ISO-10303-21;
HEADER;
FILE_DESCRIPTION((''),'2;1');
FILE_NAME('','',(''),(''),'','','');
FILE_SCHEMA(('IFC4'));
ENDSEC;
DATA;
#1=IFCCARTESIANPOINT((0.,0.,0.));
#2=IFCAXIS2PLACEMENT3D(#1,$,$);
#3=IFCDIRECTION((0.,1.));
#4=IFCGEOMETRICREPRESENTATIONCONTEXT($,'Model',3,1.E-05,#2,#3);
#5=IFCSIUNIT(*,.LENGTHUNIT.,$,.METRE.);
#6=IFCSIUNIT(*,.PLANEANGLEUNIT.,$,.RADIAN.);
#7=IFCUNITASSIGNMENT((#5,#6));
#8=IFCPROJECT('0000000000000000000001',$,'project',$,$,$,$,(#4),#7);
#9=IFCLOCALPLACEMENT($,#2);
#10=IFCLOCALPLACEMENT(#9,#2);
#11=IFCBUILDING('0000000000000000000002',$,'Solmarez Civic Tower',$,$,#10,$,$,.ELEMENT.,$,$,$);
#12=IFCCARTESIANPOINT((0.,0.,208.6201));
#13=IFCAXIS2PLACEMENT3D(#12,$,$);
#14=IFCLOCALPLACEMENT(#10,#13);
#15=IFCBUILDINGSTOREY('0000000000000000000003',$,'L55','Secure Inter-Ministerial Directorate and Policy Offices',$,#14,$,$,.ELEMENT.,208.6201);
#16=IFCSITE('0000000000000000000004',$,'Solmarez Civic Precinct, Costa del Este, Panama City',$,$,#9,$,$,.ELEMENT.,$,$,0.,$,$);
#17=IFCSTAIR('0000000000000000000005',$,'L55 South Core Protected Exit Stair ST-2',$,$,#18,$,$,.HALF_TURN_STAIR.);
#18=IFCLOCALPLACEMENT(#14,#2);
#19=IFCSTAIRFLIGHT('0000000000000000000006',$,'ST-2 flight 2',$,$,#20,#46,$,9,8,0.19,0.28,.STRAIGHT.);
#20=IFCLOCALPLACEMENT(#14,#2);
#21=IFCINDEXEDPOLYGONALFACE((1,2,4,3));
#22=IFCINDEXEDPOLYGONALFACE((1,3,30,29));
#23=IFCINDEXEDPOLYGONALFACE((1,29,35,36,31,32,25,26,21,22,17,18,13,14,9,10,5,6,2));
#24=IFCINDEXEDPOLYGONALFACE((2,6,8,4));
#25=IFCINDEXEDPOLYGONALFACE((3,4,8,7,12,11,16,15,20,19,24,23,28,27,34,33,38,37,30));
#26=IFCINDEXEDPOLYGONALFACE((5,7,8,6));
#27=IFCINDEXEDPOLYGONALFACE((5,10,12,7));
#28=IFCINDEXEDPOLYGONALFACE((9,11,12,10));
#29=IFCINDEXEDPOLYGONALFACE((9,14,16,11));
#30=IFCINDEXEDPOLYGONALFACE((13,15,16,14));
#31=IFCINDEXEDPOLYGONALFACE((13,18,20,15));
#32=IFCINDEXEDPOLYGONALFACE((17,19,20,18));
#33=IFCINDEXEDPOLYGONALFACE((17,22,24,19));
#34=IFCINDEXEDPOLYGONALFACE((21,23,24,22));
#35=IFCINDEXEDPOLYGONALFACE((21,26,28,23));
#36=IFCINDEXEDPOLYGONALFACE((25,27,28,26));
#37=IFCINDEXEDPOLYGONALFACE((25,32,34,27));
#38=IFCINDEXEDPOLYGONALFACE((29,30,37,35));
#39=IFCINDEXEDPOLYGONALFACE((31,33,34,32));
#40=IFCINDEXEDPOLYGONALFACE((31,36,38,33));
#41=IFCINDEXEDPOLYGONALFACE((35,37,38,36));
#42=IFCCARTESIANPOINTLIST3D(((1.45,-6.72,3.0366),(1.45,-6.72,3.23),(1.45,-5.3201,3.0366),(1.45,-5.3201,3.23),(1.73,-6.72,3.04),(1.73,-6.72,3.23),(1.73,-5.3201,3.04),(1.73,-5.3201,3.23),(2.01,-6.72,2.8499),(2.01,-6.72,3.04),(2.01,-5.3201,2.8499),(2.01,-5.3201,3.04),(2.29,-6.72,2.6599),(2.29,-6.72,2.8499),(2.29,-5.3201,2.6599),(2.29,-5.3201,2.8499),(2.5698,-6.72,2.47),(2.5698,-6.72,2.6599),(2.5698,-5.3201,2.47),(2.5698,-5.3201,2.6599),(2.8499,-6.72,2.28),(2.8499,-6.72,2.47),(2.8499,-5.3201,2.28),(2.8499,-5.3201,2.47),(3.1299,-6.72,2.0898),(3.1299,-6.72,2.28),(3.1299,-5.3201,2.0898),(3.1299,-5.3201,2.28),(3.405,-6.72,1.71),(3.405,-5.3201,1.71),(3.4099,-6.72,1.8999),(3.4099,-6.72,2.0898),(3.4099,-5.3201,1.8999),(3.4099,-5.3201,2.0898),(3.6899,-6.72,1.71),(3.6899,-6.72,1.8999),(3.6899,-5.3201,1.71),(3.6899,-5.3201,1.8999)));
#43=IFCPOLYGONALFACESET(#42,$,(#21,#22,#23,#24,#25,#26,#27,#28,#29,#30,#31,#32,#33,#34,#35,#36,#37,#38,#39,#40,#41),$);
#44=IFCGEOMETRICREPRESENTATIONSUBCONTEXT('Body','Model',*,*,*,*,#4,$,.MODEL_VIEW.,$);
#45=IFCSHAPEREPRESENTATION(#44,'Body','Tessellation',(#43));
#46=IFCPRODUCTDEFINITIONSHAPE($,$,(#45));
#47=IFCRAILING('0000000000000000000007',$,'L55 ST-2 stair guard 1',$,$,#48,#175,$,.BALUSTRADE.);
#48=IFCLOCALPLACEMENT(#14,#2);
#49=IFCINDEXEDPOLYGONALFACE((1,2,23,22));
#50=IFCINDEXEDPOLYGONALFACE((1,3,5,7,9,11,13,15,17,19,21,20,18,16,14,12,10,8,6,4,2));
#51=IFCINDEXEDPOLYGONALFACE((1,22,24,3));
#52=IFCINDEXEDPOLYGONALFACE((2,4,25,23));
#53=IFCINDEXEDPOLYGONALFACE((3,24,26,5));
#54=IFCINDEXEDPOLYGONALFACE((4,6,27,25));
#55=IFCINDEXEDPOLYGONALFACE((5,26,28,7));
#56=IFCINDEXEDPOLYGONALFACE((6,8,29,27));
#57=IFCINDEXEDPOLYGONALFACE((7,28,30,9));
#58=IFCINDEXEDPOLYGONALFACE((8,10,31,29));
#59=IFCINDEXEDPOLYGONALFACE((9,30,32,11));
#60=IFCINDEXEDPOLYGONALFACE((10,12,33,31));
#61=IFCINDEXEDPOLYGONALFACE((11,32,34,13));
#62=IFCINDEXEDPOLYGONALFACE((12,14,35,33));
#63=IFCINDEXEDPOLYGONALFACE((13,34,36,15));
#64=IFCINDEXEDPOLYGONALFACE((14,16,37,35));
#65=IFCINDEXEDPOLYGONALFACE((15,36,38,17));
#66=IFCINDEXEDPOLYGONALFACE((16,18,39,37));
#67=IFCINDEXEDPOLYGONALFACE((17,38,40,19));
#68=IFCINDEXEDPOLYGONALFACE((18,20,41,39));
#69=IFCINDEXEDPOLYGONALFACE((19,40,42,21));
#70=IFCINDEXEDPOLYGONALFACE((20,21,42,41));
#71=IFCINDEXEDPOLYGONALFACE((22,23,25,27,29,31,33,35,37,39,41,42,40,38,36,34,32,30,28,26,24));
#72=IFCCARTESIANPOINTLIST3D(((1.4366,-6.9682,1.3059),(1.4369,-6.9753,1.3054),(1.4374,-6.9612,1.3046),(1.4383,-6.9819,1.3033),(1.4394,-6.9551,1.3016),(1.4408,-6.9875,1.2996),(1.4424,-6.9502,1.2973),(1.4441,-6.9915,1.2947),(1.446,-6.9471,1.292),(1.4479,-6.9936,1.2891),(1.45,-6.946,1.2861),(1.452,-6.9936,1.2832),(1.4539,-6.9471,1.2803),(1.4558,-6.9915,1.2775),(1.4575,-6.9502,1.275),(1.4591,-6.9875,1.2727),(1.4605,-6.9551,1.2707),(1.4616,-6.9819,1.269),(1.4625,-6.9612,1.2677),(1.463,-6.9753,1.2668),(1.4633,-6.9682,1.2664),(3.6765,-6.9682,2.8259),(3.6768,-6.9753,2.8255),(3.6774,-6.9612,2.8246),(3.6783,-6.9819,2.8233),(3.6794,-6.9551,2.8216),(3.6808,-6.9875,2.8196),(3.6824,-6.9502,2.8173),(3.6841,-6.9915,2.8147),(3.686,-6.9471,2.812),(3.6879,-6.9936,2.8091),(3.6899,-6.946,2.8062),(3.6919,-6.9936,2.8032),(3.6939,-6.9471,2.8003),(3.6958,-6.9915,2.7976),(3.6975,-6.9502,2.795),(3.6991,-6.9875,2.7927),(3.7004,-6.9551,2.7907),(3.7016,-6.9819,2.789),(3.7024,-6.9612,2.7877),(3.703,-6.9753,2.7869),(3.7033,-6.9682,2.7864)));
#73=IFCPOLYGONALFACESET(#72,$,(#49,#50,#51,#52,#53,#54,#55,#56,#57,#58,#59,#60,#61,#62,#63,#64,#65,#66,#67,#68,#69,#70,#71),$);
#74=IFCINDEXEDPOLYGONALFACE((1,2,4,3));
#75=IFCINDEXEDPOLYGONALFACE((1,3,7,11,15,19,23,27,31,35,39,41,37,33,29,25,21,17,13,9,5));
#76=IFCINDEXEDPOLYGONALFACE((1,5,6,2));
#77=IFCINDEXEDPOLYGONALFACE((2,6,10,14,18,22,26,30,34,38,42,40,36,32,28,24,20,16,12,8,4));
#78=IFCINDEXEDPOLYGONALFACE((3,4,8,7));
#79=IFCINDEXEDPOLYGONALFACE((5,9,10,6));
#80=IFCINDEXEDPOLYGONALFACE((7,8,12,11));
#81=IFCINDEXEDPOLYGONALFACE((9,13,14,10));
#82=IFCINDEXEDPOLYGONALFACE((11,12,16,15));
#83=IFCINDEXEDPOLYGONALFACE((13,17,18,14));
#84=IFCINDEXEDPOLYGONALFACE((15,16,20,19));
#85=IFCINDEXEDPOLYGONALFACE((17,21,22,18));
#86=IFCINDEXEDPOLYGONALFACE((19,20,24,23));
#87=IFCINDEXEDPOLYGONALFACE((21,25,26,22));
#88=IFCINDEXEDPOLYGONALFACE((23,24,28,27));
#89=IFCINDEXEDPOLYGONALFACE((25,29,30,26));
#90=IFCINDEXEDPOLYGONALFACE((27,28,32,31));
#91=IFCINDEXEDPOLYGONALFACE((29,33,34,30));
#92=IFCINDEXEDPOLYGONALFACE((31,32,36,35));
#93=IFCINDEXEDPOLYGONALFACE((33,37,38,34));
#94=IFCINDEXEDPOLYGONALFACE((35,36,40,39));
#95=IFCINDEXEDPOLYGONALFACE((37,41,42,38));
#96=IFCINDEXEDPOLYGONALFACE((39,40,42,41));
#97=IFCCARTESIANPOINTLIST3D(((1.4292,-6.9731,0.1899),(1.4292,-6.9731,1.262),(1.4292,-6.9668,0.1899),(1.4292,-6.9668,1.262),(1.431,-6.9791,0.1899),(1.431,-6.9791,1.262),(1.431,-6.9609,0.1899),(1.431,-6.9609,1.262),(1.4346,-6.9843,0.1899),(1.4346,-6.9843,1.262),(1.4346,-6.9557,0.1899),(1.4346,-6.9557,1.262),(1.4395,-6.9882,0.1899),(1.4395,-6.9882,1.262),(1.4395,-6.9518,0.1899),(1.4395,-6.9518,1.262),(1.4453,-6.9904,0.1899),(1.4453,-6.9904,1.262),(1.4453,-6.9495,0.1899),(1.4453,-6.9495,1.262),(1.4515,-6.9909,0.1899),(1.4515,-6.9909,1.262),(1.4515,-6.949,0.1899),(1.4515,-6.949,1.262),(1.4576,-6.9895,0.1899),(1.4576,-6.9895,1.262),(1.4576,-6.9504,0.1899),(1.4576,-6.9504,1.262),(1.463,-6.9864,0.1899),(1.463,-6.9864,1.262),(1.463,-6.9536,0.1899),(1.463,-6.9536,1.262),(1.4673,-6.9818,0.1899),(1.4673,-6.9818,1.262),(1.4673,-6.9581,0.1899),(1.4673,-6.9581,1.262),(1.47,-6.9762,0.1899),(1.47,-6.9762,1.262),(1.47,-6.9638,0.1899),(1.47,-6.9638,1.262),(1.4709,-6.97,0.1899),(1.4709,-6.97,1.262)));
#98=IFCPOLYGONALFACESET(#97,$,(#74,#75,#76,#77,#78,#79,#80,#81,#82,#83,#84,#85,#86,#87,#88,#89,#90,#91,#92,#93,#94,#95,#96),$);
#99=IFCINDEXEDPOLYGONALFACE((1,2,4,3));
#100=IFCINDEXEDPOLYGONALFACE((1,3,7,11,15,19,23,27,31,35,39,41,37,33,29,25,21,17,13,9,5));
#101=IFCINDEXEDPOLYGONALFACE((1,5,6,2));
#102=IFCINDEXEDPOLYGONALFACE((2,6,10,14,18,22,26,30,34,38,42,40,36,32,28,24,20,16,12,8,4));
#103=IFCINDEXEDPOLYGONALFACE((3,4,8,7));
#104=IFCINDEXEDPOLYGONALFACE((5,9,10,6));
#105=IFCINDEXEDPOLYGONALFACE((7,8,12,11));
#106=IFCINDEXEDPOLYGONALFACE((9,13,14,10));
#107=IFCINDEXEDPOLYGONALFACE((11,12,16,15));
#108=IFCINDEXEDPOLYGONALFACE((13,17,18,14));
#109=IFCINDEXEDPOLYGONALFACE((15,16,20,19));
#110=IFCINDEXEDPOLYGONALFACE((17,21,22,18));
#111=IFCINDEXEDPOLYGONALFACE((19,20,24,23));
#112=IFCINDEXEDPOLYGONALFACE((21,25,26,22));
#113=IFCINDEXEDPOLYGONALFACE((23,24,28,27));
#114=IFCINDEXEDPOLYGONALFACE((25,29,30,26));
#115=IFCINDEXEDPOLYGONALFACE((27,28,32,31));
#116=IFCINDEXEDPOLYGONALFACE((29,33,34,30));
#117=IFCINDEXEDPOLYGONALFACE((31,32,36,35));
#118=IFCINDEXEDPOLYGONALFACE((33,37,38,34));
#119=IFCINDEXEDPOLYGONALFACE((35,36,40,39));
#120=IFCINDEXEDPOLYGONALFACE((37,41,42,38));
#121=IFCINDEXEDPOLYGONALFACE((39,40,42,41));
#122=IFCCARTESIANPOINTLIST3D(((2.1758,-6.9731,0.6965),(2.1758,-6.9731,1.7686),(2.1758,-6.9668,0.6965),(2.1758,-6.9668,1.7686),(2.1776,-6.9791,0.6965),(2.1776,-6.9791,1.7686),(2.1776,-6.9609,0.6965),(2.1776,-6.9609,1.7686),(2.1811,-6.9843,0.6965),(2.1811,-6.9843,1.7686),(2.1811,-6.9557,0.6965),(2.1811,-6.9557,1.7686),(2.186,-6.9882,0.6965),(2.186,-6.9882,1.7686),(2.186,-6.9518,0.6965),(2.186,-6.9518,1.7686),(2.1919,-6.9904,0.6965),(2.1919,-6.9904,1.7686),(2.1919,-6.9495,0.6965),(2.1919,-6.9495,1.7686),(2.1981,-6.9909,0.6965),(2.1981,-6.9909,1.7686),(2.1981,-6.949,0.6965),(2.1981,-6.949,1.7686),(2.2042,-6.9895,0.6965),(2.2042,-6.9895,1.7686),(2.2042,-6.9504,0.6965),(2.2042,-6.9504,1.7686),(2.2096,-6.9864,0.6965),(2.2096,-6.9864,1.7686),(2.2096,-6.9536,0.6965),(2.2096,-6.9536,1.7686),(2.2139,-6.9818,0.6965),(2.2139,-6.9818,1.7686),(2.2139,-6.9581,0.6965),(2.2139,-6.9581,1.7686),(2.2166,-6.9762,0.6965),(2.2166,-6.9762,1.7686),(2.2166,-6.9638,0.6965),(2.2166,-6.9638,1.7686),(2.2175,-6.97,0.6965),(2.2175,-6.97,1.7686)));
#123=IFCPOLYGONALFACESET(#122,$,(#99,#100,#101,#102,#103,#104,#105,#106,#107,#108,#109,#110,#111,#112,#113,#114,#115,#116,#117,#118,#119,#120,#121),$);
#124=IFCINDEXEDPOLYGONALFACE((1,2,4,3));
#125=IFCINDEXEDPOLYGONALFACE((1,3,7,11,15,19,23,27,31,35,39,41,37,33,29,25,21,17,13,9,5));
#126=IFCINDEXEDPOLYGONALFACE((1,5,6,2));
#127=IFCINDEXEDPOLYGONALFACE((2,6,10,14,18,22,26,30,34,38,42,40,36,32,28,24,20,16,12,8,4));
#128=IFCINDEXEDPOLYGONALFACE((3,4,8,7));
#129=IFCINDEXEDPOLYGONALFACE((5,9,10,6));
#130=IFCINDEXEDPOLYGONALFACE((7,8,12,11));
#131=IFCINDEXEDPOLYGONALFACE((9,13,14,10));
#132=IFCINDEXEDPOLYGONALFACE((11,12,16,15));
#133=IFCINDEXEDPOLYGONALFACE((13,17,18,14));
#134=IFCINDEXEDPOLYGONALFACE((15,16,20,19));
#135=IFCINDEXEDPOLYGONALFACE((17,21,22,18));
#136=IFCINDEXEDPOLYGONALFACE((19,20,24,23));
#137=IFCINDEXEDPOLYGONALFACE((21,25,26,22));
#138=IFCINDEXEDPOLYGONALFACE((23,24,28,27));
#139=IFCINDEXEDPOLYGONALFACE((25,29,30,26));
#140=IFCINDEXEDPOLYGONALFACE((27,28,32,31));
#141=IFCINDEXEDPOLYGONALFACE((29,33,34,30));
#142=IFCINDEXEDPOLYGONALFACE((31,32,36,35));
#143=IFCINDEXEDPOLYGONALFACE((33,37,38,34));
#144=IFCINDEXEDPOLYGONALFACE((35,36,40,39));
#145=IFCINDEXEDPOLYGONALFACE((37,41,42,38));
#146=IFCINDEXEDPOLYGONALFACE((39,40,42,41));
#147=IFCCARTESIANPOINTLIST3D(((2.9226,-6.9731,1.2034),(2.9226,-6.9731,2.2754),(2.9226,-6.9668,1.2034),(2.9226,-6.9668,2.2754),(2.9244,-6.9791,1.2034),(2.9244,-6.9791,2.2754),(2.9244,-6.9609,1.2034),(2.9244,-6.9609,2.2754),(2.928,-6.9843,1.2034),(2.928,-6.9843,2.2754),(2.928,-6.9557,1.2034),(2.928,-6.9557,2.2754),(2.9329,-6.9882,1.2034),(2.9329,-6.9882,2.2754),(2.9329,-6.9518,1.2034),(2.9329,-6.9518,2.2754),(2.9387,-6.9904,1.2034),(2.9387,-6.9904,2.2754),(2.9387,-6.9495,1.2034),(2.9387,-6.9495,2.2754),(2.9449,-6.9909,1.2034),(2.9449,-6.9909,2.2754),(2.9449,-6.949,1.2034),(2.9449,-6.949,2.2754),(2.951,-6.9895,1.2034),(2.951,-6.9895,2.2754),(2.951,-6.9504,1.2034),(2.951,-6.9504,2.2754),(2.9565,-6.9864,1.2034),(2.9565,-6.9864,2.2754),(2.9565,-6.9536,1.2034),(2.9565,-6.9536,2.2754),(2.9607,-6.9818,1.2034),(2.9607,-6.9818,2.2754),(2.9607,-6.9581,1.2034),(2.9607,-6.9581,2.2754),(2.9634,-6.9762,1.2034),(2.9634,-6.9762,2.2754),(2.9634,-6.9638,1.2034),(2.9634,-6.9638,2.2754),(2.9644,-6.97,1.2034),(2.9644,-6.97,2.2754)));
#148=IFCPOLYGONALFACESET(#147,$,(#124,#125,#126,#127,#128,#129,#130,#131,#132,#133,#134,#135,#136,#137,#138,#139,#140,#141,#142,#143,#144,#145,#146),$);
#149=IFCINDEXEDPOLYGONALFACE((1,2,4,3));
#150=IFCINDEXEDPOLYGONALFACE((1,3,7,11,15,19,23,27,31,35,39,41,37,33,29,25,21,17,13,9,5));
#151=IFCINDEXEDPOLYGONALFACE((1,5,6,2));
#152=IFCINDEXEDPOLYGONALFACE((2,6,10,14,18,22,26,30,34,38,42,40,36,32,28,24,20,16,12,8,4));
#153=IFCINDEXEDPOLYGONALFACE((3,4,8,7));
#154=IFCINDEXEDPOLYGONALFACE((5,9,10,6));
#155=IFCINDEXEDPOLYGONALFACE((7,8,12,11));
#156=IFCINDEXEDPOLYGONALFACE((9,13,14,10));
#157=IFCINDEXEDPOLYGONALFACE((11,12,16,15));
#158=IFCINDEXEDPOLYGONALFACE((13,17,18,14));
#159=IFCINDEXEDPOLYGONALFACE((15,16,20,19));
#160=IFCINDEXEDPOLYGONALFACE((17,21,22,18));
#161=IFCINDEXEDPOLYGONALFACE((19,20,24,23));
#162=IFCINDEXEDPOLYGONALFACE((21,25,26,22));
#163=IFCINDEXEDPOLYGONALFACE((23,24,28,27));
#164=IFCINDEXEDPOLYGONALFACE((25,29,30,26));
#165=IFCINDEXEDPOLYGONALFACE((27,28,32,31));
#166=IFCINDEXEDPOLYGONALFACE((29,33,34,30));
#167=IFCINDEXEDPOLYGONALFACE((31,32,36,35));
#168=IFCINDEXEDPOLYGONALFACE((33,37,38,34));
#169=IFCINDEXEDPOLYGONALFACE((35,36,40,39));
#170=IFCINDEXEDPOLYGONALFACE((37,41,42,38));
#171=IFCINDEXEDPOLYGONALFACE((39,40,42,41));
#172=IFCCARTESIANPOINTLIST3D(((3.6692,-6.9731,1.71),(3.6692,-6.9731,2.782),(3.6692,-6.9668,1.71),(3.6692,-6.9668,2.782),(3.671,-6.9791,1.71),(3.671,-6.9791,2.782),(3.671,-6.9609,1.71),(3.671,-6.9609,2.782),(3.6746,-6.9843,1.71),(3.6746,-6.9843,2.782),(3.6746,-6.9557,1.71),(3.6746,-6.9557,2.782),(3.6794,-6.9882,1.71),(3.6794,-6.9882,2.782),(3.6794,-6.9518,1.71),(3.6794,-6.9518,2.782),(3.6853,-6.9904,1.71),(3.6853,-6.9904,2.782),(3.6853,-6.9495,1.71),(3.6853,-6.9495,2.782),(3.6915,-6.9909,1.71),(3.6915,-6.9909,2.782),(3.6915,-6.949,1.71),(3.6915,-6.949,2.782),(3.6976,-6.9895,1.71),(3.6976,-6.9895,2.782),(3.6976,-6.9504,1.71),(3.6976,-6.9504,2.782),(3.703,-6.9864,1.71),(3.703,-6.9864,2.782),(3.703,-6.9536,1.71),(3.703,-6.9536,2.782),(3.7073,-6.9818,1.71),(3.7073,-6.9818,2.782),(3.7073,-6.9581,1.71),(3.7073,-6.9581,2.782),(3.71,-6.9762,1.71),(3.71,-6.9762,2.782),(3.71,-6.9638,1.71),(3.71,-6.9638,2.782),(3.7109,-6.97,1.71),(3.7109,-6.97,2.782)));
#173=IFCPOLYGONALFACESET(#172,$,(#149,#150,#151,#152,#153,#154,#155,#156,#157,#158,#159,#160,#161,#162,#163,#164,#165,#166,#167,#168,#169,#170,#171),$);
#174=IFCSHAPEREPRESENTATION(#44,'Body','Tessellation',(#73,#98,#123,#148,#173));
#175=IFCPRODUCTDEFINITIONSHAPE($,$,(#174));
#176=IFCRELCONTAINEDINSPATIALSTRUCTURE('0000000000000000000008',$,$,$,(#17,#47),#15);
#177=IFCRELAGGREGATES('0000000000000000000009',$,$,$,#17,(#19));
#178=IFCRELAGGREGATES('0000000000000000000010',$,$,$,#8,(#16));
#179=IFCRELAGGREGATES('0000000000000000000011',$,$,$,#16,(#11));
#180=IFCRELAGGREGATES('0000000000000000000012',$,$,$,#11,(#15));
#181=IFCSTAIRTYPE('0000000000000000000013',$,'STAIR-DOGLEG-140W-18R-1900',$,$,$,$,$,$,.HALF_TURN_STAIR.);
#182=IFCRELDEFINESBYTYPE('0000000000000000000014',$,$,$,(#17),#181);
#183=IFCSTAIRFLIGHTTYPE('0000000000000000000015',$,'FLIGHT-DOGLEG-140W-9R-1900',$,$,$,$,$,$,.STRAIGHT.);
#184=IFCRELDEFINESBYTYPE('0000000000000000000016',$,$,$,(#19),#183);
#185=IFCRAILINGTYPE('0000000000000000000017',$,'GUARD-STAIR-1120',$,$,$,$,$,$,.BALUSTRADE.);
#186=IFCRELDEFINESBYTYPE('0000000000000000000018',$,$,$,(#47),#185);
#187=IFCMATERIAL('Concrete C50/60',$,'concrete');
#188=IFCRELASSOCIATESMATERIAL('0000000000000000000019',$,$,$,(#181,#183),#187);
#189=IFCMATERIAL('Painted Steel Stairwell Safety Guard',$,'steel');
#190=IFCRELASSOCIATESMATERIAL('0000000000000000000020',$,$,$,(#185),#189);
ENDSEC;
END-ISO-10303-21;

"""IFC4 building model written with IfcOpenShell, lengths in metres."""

from ifc_helpers import new_model, si_unit, direction, frame, origin, origin_2d, place, context, subcontext, project, spatial, polyline, circle, outline, extrude, material, type_object, element, aggregate, save


model = new_model("IFC4")

# Units and contexts
model_context = context("Model", 3, precision=1e-05, world=origin(), true_north=direction((0.0, 1.0)))
body_context = subcontext(model_context, "Body", "Model", "MODEL_VIEW")
ifc_project = project(units=[si_unit("LENGTHUNIT", "METRE"), si_unit("PLANEANGLEUNIT", "RADIAN")], contexts=[model_context])

# Site, building, storey
site_placement = place(None, origin())
site = spatial("IfcSite", under=ifc_project, at=site_placement, Name="Solmarez Civic Precinct, Costa del Este, Panama City", CompositionType="ELEMENT", RefElevation=0.0)
building_placement = place(site_placement, origin())
building = spatial("IfcBuilding", under=site, at=building_placement, Name="Solmarez Civic Tower", CompositionType="ELEMENT")
storey_placement = place(building_placement, frame((0.0, 0.0, 208.6201)))
storey = spatial("IfcBuildingStorey", under=building, at=storey_placement, Name="L55", Description="Secure Inter-Ministerial Directorate and Policy Offices", CompositionType="ELEMENT", Elevation=208.6201)

# Shared definitions
ifc_material_1 = material(Name="Concrete C50/60", Category="concrete")

# Shared definitions
stair_type = type_object("IfcStairType", Name="STAIR-DOGLEG-140W-18R-1900", PredefinedType="HALF_TURN_STAIR", material=ifc_material_1)

# Stair, stair flight
stair_1_placement = place(storey_placement, origin())
stair_1 = element("IfcStair", 1, at=stair_1_placement, inside=storey, type_object=stair_type, Name="L55 South Core Protected Exit Stair ST-2", PredefinedType="HALF_TURN_STAIR")
stair_flight_type = type_object("IfcStairFlightType", Name="FLIGHT-DOGLEG-140W-9R-1900", PredefinedType="STRAIGHT", material=ifc_material_1)
stair_flight_1_placement = place(storey_placement, frame((3.6899, -6.02, 1.71), z_axis=(0.0, 0.0, 1.0), x_axis=(-1.0, 0.0, 0.0)))
stair_flight_1 = element("IfcStairFlight", 2, at=stair_flight_1_placement, type_object=stair_flight_type, Name="ST-2 flight 2", NumberOfRisers=9, NumberOfTreads=8, PredefinedType="STRAIGHT", RiserHeight=0.19, TreadLength=0.28, context=body_context, shape_type="SweptSolid", body=[
    extrude(outline(polyline([(0.0, 0.0), (0.0, 0.1899), (0.28, 0.1899), (0.28, 0.3799), (0.5601, 0.3799), (0.5601, 0.5701), (0.8401, 0.5701), (0.8401, 0.76), (1.1201, 0.76), (1.1201, 0.95), (1.3999, 0.95), (1.3999, 1.1399), (1.6799, 1.1399), (1.6799, 1.3301), (1.96, 1.3301), (1.96, 1.52), (2.24, 1.52), (2.24, 1.71), (2.24, 1.3267), (0.2849, 0.0), (0.0, 0.0)])), frame((0.0, 0.7, 0.0), z_axis=(0.0, -1.0, 0.0), x_axis=(1.0, 0.0, 0.0)), (0.0, 0.0, 1.0), 1.3999),
])
aggregate(stair_1, [stair_flight_1])

# Railing
ifc_material_2 = material(Name="Painted Steel Stairwell Safety Guard", Category="steel")
railing_type_1 = type_object("IfcRailingType", Name="GUARD-STAIR-1120", PredefinedType="BALUSTRADE", material=ifc_material_2)
railing_1_placement = place(storey_placement, frame((1.45, -6.97, 0.1899)))
element("IfcRailing", 3, at=railing_1_placement, inside=storey, type_object=railing_type_1, Name="L55 ST-2 stair guard 1", PredefinedType="BALUSTRADE", context=body_context, shape_type="SweptSolid", body=[
    extrude(circle(Radius=0.0239, at=origin_2d()), frame((0.0, 0.0, 1.0962), z_axis=(0.827471, 0.0, 0.561508), x_axis=(0.0, 1.0, 0.0)), (0.0, 0.0, 1.0), 2.707),
    extrude(circle(Radius=0.021, at=origin_2d()), origin(), (0.0, 0.0, 1.0), 1.072),
    extrude(circle(Radius=0.021, at=origin_2d()), frame((0.7466, 0.0, 0.5066)), (0.0, 0.0, 1.0), 1.072),
    extrude(circle(Radius=0.021, at=origin_2d()), frame((1.4934, 0.0, 1.0134)), (0.0, 0.0, 1.0), 1.072),
    extrude(circle(Radius=0.021, at=origin_2d()), frame((2.24, 0.0, 1.52)), (0.0, 0.0, 1.0), 1.072),
])

save(model, "model.ifc")
